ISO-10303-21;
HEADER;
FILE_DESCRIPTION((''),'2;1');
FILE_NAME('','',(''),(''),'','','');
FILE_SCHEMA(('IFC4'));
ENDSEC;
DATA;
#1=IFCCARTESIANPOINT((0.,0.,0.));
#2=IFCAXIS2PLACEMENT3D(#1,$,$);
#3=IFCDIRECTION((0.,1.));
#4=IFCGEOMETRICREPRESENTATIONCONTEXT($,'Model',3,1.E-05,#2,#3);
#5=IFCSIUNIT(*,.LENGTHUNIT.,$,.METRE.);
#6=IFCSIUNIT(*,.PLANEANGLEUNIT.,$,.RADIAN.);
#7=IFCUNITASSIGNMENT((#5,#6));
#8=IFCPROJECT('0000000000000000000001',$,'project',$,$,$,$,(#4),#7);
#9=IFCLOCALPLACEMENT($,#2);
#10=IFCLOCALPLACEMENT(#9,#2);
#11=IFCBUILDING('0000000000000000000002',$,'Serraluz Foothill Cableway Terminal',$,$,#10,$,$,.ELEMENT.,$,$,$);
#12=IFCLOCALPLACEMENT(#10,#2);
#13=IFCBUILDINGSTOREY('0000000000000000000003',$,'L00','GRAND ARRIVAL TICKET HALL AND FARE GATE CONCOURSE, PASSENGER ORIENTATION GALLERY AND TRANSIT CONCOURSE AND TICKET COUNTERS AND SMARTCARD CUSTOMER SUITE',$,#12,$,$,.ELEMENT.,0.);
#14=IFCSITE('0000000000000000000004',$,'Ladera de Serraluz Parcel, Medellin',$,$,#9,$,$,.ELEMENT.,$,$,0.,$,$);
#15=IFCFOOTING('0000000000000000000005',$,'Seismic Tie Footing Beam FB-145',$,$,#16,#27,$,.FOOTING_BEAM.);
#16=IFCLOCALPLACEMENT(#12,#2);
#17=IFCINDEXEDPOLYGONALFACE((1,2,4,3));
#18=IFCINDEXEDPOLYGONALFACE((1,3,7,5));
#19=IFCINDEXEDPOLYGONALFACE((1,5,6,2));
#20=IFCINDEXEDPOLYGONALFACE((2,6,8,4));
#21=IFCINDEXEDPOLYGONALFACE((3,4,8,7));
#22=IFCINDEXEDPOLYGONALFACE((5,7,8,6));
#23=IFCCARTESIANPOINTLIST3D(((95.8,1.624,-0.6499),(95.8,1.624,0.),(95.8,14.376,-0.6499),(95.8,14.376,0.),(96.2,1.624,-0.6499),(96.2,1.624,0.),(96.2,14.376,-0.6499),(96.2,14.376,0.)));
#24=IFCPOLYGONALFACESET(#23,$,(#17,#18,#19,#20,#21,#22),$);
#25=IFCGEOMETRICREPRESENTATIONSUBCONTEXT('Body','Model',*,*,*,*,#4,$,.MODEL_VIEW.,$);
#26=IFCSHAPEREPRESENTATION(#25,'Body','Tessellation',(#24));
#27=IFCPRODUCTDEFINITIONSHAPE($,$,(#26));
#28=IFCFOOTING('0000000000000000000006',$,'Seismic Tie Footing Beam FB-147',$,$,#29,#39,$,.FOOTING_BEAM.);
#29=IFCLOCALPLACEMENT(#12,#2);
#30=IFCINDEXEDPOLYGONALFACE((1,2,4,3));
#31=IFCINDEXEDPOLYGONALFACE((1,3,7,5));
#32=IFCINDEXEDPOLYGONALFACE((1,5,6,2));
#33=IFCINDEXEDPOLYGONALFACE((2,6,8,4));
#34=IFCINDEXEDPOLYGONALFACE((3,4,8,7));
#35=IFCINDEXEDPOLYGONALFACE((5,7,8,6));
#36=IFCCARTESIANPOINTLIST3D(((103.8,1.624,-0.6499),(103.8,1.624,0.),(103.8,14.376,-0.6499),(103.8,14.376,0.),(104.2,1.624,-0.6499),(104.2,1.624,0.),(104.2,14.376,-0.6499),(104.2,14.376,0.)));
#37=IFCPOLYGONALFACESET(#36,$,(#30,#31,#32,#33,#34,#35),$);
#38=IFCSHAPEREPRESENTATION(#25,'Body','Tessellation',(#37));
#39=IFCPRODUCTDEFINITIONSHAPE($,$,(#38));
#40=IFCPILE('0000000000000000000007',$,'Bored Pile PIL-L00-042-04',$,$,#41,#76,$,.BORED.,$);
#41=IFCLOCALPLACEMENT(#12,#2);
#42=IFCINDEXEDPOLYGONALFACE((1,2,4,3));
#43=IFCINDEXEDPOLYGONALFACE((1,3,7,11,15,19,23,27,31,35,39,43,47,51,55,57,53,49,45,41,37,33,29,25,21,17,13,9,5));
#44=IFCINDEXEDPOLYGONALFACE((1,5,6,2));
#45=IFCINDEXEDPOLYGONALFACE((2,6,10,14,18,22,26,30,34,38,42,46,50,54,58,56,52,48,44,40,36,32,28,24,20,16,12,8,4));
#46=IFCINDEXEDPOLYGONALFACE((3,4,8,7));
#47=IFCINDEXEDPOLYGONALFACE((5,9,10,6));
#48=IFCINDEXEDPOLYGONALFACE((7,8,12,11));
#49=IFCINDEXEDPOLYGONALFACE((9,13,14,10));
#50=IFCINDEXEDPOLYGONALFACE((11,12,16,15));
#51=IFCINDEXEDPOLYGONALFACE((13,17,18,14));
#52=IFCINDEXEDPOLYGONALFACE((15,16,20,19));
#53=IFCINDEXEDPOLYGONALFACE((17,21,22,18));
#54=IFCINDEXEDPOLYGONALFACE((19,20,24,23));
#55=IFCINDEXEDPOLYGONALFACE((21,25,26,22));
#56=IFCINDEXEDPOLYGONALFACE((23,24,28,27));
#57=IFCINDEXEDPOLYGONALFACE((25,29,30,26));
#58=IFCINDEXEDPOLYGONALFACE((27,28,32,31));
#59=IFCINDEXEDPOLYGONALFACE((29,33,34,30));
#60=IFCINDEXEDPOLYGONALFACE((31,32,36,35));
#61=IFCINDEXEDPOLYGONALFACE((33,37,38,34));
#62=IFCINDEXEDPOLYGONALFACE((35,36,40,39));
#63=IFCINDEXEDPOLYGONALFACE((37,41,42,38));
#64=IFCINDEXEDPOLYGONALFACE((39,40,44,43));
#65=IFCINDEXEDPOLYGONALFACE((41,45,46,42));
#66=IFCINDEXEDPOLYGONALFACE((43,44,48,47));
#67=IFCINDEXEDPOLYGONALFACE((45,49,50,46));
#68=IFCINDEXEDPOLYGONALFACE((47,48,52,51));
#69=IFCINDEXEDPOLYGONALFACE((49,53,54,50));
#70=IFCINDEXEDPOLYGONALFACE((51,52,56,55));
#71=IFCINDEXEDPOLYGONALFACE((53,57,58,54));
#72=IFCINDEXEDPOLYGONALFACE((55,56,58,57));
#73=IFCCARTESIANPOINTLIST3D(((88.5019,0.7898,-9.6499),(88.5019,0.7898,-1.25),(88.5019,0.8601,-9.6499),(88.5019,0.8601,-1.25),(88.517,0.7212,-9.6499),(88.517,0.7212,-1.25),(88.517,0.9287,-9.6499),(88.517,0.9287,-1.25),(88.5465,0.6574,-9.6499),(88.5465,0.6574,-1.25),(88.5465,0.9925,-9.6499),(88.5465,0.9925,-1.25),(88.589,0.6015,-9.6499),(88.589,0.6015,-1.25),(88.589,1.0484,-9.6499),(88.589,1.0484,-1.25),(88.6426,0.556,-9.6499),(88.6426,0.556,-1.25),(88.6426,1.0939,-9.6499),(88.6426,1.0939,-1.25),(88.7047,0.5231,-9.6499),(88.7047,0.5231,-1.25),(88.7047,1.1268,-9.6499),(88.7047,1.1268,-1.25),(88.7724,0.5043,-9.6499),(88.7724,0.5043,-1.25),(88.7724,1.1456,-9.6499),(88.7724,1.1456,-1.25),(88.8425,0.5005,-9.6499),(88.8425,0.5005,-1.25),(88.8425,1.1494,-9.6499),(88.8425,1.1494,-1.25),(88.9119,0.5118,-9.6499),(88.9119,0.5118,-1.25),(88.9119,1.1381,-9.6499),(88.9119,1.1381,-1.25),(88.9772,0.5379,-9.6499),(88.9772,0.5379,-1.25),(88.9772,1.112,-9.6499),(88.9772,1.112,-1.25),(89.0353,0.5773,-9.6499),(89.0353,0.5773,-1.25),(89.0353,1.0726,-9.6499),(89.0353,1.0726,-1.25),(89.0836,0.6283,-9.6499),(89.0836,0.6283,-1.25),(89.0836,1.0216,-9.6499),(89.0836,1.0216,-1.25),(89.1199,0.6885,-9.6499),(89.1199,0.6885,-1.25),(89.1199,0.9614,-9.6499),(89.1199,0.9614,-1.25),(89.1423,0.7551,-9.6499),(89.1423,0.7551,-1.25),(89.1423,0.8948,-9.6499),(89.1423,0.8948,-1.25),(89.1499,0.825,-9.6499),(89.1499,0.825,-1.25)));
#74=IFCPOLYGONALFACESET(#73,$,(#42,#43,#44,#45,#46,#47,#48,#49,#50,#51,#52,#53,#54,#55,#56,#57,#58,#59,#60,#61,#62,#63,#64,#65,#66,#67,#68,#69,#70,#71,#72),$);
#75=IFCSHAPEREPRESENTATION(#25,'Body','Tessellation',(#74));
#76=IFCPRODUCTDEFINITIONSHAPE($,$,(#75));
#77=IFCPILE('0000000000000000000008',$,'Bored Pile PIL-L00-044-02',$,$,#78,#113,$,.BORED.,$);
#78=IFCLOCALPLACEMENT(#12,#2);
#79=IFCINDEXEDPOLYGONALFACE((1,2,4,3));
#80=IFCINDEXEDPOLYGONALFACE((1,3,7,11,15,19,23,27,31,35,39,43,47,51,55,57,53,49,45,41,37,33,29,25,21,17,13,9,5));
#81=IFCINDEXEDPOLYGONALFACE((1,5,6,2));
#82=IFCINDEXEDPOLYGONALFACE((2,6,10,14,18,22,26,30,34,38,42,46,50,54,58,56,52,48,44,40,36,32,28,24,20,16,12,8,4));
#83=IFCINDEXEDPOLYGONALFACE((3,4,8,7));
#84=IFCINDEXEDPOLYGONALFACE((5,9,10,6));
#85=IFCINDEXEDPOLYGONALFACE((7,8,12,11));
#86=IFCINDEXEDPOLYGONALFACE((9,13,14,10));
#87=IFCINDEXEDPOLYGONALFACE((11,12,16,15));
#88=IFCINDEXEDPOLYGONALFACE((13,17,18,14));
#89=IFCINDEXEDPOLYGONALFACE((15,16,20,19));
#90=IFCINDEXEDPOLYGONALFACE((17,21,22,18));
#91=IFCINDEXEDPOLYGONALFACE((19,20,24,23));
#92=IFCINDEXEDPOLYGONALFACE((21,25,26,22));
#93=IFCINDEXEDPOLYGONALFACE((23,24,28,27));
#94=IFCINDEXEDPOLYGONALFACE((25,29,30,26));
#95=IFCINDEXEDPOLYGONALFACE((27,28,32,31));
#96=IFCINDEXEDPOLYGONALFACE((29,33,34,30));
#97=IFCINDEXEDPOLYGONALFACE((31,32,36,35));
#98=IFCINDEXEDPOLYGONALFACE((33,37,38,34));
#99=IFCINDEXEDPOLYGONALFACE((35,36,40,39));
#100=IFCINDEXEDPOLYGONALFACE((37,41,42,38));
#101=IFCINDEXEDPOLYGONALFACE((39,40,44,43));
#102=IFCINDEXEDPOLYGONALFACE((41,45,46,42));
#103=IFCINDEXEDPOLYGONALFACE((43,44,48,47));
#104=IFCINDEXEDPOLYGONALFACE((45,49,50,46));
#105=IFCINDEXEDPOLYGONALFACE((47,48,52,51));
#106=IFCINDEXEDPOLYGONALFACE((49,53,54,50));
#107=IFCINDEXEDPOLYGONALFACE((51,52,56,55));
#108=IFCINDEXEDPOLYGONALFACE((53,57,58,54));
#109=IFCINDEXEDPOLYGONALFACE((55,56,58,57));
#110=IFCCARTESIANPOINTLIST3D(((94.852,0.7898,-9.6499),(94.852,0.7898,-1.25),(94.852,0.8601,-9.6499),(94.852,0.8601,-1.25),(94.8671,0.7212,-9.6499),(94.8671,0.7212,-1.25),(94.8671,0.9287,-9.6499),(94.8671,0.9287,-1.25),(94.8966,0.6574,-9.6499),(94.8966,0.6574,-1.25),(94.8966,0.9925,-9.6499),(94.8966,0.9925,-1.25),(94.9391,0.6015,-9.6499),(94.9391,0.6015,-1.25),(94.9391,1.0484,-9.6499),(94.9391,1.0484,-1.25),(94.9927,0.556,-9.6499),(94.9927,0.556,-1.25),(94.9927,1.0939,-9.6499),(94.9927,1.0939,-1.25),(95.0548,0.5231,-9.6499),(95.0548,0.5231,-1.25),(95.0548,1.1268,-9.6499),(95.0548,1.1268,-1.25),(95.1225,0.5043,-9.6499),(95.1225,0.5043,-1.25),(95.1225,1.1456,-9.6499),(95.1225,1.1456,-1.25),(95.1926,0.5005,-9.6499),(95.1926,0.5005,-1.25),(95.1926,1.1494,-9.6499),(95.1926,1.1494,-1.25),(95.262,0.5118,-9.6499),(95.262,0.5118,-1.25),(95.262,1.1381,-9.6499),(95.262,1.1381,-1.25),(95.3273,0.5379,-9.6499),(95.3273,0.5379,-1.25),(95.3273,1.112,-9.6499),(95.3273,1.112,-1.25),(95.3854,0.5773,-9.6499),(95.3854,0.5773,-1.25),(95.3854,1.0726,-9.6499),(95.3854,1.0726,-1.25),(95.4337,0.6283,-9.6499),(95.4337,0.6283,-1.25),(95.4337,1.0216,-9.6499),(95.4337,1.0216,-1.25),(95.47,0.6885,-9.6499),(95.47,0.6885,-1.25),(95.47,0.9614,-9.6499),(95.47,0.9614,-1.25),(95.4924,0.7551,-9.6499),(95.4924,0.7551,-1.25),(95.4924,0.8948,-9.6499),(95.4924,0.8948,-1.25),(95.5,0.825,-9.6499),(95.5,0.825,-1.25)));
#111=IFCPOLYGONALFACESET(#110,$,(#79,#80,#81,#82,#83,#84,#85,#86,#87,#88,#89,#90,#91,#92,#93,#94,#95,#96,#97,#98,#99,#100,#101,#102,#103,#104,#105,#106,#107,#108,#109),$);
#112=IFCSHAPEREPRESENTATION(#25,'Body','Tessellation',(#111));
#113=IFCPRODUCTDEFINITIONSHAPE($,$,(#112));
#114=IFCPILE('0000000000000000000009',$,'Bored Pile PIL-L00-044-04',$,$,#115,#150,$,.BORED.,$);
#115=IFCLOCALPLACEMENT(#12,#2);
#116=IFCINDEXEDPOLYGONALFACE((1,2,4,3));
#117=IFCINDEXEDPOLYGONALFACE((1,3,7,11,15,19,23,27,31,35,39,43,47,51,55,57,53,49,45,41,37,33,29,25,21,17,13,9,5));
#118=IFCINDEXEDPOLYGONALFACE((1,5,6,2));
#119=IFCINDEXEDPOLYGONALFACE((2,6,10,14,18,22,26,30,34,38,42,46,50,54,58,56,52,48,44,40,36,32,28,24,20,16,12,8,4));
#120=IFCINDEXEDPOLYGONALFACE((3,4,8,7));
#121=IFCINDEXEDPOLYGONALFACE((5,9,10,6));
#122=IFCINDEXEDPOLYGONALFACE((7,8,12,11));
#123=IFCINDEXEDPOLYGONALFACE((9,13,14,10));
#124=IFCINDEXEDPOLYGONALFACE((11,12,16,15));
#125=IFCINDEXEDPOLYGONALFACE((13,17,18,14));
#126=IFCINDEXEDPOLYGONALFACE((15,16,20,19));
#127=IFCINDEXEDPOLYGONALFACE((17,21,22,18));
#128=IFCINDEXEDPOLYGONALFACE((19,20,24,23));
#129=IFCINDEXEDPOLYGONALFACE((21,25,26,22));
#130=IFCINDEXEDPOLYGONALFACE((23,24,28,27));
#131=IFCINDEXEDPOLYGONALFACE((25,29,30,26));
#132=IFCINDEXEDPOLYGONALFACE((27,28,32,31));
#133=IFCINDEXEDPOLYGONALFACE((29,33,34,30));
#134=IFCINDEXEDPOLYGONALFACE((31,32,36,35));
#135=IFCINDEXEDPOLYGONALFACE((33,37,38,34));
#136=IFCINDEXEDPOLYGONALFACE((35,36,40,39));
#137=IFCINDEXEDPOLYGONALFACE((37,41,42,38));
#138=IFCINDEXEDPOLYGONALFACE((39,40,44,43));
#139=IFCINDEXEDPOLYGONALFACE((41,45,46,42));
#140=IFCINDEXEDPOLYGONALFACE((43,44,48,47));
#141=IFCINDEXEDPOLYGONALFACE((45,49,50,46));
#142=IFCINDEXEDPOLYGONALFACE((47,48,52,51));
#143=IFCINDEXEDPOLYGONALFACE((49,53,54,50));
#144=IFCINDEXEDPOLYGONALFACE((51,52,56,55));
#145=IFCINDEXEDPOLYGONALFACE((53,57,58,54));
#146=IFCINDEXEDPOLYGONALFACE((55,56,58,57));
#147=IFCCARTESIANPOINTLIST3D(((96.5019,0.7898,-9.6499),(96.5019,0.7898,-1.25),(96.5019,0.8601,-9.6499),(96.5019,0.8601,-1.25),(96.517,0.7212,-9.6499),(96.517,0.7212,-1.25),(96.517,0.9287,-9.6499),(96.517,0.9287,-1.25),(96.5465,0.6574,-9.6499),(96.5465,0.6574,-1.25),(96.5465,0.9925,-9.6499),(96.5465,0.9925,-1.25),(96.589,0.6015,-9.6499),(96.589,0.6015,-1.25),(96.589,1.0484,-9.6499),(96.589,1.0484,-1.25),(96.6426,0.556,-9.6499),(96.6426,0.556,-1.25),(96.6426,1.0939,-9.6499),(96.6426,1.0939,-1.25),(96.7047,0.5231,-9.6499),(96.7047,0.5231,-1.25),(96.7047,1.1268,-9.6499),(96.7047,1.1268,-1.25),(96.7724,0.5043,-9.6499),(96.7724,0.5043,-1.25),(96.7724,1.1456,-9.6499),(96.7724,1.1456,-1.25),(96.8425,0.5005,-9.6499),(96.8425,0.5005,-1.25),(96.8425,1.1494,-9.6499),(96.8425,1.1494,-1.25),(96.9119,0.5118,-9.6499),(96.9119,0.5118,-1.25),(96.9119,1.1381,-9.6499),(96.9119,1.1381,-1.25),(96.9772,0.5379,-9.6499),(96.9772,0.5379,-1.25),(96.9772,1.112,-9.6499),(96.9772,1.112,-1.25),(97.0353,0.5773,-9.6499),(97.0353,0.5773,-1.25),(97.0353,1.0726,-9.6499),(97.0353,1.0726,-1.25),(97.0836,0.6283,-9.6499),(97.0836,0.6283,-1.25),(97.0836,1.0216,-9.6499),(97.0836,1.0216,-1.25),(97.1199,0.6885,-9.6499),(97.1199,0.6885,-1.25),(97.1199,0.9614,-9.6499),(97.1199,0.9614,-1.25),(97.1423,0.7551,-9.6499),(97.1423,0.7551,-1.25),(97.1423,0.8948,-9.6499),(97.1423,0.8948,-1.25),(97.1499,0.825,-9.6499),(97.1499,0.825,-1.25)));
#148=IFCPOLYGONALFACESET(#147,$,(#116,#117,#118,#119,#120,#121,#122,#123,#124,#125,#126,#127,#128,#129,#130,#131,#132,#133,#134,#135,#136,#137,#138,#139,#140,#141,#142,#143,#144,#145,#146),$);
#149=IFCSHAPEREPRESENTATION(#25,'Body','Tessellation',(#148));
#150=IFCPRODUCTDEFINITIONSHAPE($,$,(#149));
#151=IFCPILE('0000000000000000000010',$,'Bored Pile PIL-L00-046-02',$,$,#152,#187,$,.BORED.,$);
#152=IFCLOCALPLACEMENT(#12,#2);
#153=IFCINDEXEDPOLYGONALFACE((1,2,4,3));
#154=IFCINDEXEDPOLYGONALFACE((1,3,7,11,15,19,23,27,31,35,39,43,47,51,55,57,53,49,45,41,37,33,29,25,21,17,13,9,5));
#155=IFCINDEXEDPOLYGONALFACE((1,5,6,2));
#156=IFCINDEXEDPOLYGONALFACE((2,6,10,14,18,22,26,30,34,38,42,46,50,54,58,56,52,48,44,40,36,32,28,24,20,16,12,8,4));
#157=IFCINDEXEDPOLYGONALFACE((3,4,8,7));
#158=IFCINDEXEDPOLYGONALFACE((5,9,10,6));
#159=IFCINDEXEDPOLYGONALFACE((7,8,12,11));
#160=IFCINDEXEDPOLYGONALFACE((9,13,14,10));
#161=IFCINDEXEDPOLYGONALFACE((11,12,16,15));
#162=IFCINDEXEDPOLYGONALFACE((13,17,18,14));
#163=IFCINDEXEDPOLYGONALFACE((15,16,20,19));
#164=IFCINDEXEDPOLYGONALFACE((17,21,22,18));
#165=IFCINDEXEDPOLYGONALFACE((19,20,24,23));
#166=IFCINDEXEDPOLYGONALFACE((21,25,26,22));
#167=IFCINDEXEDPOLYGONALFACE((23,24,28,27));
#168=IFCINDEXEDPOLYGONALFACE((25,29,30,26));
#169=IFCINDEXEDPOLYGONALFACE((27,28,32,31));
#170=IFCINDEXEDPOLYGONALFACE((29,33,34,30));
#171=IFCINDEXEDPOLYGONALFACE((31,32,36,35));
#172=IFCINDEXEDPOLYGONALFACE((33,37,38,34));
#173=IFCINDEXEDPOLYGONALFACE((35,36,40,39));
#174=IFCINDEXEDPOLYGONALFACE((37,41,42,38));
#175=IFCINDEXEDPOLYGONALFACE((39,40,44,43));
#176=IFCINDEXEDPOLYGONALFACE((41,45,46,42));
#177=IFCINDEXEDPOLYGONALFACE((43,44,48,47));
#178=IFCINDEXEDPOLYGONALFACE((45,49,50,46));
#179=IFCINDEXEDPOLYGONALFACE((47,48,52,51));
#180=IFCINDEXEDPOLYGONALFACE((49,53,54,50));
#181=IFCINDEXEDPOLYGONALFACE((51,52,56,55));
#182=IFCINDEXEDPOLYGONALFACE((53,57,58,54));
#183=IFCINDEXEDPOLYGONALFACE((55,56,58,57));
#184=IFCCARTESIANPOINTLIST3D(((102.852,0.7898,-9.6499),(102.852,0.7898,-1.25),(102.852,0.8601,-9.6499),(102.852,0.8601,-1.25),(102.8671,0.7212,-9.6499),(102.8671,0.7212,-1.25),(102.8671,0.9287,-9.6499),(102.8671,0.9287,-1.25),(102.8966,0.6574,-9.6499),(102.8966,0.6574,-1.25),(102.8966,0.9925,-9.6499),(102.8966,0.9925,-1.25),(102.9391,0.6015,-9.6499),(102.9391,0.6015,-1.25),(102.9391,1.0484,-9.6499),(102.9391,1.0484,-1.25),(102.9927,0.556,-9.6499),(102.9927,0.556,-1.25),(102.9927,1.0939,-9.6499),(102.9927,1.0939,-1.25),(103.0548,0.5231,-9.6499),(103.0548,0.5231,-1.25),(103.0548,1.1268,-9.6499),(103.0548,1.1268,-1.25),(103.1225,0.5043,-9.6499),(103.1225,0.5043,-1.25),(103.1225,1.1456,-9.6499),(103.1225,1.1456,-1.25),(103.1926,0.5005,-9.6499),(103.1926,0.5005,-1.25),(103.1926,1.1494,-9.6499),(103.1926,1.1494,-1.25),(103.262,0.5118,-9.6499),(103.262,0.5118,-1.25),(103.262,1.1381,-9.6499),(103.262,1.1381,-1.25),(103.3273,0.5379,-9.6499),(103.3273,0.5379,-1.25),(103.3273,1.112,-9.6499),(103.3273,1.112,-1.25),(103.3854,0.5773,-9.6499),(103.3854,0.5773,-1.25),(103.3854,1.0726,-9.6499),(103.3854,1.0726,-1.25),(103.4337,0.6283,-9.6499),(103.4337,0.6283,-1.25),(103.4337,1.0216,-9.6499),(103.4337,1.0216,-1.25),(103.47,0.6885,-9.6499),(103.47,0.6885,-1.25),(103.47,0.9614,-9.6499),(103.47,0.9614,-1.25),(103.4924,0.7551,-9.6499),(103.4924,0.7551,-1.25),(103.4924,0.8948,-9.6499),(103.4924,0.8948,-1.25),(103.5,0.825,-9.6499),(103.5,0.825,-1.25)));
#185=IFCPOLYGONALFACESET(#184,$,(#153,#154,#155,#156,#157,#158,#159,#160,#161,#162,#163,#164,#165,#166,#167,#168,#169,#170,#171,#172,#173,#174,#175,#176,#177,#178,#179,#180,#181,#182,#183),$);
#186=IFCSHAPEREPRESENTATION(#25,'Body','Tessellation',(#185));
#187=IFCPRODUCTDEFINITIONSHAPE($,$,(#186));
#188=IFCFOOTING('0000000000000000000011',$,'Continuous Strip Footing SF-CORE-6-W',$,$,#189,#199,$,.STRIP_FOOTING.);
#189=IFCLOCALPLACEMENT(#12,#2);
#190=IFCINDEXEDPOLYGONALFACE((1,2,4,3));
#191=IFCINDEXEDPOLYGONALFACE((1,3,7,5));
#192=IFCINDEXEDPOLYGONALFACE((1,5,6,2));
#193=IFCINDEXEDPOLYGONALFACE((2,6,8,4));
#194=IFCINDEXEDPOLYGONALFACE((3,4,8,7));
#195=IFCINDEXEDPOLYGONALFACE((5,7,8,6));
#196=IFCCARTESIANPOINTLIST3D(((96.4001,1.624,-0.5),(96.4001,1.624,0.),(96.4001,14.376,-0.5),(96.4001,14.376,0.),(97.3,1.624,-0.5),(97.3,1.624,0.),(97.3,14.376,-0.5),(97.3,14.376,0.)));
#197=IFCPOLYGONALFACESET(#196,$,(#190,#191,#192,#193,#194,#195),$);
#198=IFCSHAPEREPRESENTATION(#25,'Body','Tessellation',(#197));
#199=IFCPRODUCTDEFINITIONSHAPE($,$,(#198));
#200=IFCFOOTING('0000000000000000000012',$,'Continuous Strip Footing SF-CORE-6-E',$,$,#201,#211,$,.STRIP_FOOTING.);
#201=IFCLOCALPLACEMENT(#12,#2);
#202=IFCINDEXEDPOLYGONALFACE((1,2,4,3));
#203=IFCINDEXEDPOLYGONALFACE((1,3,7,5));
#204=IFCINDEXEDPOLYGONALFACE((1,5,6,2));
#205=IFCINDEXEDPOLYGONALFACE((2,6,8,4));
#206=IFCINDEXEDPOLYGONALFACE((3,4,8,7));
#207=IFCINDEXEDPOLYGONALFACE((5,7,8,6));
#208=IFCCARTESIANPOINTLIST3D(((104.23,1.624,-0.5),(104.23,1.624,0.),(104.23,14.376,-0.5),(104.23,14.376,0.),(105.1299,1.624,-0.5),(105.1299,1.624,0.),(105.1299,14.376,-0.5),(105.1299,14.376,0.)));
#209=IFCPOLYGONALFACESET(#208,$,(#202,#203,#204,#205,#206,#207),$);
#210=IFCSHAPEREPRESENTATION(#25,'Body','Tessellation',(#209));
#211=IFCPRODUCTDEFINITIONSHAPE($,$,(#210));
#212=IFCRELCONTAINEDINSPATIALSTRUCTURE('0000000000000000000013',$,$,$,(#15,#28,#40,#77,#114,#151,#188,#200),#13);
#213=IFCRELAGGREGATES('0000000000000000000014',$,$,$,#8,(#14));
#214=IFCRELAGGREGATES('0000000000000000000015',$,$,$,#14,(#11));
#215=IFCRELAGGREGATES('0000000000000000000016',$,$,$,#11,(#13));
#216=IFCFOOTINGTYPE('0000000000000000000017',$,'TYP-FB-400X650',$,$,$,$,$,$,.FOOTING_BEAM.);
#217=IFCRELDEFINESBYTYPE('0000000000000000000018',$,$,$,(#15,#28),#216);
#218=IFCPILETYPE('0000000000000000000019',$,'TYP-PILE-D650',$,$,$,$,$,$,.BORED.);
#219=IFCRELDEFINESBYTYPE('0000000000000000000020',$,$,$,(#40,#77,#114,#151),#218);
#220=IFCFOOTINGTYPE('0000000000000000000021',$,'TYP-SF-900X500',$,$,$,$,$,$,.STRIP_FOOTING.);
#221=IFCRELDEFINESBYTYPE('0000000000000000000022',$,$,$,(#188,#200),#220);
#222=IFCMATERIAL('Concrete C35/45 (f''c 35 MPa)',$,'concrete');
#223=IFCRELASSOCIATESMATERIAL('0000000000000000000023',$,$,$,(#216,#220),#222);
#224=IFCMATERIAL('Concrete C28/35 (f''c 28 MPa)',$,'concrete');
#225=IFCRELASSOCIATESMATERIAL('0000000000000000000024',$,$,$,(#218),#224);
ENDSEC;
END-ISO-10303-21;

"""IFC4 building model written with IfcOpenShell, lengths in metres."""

from ifc_helpers import new_model, si_unit, direction, frame, origin, origin_2d, place, context, subcontext, project, spatial, rectangle, circle, extrude, material, material_profile, profile_set, type_object, element, save


model = new_model("IFC4")

# Units and contexts
model_context = context("Model", 3, precision=1e-05, world=origin(), true_north=direction((0.0, 1.0)))
body_context = subcontext(model_context, "Body", "Model", "MODEL_VIEW")
ifc_project = project(units=[si_unit("LENGTHUNIT", "METRE"), si_unit("PLANEANGLEUNIT", "RADIAN")], contexts=[model_context])

# Site, building, storey
site_placement = place(None, origin())
site = spatial("IfcSite", under=ifc_project, at=site_placement, Name="Ladera de Serraluz Parcel, Medellin", CompositionType="ELEMENT", RefElevation=0.0)
building_placement = place(site_placement, origin())
building = spatial("IfcBuilding", under=site, at=building_placement, Name="Serraluz Foothill Cableway Terminal", CompositionType="ELEMENT")
storey_placement = place(building_placement, origin())
storey = spatial("IfcBuildingStorey", under=building, at=storey_placement, Name="L00", Description="GRAND ARRIVAL TICKET HALL AND FARE GATE CONCOURSE, PASSENGER ORIENTATION GALLERY AND TRANSIT CONCOURSE AND TICKET COUNTERS AND SMARTCARD CUSTOMER SUITE", CompositionType="ELEMENT", Elevation=0.0)

# Footings
ifc_material_1 = material(Name="Concrete C35/45 (f'c 35 MPa)", Category="concrete")
ifc_material_profile_1 = material_profile(ifc_material_1, rectangle(XDim=0.3999, YDim=0.6499, at=origin_2d()), Name="RC 400x650")
ifc_profile_set_1 = profile_set([ifc_material_profile_1], Name="Concrete C35/45 (f'c 35 MPa)")
footing_type_1 = type_object("IfcFootingType", Name="TYP-FB-400X650", PredefinedType="FOOTING_BEAM", material=ifc_profile_set_1)
for number, where, z_axis, x_axis, name in (
    (1, (96.0, 1.624, -0.325), (0.0, 1.0, 0.0), (-1.0, 0.0, 0.0), "Seismic Tie Footing Beam FB-145"),
    (2, (104.0, 1.624, -0.325), (0.0, 1.0, 0.0), (-1.0, 0.0, 0.0), "Seismic Tie Footing Beam FB-147"),
):
    element("IfcFooting", number, at=place(storey_placement, frame(where, z_axis=z_axis, x_axis=x_axis)), inside=storey, type_object=footing_type_1, Name=name, PredefinedType="FOOTING_BEAM", context=body_context, shape_type="SweptSolid", body=[
        extrude(rectangle(XDim=0.3999, YDim=0.6499, at=origin_2d()), origin(), (0.0, 0.0, 1.0), 12.752),
    ])

# Piles
ifc_material_2 = material(Name="Concrete C28/35 (f'c 28 MPa)", Category="concrete")
ifc_material_profile_2 = material_profile(ifc_material_2, circle(Radius=0.325, at=origin_2d()), Name="BORED PILE D650")
ifc_profile_set_2 = profile_set([ifc_material_profile_2], Name="Concrete C28/35 (f'c 28 MPa)")
pile_type = type_object("IfcPileType", Name="TYP-PILE-D650", PredefinedType="BORED", material=ifc_profile_set_2)
for number, where, z_axis, x_axis, name in (
    (3, (88.825, 0.825, -1.25), (0.0, 0.0, -1.0), (1.0, 0.0, 0.0), "Bored Pile PIL-L00-042-04"),
    (4, (95.175, 0.825, -1.25), (0.0, 0.0, -1.0), (1.0, 0.0, 0.0), "Bored Pile PIL-L00-044-02"),
    (5, (96.825, 0.825, -1.25), (0.0, 0.0, -1.0), (1.0, 0.0, 0.0), "Bored Pile PIL-L00-044-04"),
    (6, (103.175, 0.825, -1.25), (0.0, 0.0, -1.0), (1.0, 0.0, 0.0), "Bored Pile PIL-L00-046-02"),
):
    element("IfcPile", number, at=place(storey_placement, frame(where, z_axis=z_axis, x_axis=x_axis)), inside=storey, type_object=pile_type, Name=name, PredefinedType="BORED", context=body_context, shape_type="SweptSolid", body=[
        extrude(circle(Radius=0.325, at=origin_2d()), origin(), (0.0, 0.0, 1.0), 8.3999),
    ])

# Footings
ifc_material_profile_3 = material_profile(ifc_material_1, rectangle(XDim=0.8999, YDim=0.5, at=origin_2d()), Name="SF 900x500")
ifc_profile_set_3 = profile_set([ifc_material_profile_3], Name="Concrete C35/45 (f'c 35 MPa)")
footing_type_2 = type_object("IfcFootingType", Name="TYP-SF-900X500", PredefinedType="STRIP_FOOTING", material=ifc_profile_set_3)
for number, where, z_axis, x_axis, name in (
    (7, (96.8501, 1.624, -0.25), (0.0, 1.0, 0.0), (-1.0, 0.0, 0.0), "Continuous Strip Footing SF-CORE-6-W"),
    (8, (104.6799, 1.624, -0.25), (0.0, 1.0, 0.0), (-1.0, 0.0, 0.0), "Continuous Strip Footing SF-CORE-6-E"),
):
    element("IfcFooting", number, at=place(storey_placement, frame(where, z_axis=z_axis, x_axis=x_axis)), inside=storey, type_object=footing_type_2, Name=name, PredefinedType="STRIP_FOOTING", context=body_context, shape_type="SweptSolid", body=[
        extrude(rectangle(XDim=0.8999, YDim=0.5, at=origin_2d()), origin(), (0.0, 0.0, 1.0), 12.752),
    ])

save(model, "model.ifc")
